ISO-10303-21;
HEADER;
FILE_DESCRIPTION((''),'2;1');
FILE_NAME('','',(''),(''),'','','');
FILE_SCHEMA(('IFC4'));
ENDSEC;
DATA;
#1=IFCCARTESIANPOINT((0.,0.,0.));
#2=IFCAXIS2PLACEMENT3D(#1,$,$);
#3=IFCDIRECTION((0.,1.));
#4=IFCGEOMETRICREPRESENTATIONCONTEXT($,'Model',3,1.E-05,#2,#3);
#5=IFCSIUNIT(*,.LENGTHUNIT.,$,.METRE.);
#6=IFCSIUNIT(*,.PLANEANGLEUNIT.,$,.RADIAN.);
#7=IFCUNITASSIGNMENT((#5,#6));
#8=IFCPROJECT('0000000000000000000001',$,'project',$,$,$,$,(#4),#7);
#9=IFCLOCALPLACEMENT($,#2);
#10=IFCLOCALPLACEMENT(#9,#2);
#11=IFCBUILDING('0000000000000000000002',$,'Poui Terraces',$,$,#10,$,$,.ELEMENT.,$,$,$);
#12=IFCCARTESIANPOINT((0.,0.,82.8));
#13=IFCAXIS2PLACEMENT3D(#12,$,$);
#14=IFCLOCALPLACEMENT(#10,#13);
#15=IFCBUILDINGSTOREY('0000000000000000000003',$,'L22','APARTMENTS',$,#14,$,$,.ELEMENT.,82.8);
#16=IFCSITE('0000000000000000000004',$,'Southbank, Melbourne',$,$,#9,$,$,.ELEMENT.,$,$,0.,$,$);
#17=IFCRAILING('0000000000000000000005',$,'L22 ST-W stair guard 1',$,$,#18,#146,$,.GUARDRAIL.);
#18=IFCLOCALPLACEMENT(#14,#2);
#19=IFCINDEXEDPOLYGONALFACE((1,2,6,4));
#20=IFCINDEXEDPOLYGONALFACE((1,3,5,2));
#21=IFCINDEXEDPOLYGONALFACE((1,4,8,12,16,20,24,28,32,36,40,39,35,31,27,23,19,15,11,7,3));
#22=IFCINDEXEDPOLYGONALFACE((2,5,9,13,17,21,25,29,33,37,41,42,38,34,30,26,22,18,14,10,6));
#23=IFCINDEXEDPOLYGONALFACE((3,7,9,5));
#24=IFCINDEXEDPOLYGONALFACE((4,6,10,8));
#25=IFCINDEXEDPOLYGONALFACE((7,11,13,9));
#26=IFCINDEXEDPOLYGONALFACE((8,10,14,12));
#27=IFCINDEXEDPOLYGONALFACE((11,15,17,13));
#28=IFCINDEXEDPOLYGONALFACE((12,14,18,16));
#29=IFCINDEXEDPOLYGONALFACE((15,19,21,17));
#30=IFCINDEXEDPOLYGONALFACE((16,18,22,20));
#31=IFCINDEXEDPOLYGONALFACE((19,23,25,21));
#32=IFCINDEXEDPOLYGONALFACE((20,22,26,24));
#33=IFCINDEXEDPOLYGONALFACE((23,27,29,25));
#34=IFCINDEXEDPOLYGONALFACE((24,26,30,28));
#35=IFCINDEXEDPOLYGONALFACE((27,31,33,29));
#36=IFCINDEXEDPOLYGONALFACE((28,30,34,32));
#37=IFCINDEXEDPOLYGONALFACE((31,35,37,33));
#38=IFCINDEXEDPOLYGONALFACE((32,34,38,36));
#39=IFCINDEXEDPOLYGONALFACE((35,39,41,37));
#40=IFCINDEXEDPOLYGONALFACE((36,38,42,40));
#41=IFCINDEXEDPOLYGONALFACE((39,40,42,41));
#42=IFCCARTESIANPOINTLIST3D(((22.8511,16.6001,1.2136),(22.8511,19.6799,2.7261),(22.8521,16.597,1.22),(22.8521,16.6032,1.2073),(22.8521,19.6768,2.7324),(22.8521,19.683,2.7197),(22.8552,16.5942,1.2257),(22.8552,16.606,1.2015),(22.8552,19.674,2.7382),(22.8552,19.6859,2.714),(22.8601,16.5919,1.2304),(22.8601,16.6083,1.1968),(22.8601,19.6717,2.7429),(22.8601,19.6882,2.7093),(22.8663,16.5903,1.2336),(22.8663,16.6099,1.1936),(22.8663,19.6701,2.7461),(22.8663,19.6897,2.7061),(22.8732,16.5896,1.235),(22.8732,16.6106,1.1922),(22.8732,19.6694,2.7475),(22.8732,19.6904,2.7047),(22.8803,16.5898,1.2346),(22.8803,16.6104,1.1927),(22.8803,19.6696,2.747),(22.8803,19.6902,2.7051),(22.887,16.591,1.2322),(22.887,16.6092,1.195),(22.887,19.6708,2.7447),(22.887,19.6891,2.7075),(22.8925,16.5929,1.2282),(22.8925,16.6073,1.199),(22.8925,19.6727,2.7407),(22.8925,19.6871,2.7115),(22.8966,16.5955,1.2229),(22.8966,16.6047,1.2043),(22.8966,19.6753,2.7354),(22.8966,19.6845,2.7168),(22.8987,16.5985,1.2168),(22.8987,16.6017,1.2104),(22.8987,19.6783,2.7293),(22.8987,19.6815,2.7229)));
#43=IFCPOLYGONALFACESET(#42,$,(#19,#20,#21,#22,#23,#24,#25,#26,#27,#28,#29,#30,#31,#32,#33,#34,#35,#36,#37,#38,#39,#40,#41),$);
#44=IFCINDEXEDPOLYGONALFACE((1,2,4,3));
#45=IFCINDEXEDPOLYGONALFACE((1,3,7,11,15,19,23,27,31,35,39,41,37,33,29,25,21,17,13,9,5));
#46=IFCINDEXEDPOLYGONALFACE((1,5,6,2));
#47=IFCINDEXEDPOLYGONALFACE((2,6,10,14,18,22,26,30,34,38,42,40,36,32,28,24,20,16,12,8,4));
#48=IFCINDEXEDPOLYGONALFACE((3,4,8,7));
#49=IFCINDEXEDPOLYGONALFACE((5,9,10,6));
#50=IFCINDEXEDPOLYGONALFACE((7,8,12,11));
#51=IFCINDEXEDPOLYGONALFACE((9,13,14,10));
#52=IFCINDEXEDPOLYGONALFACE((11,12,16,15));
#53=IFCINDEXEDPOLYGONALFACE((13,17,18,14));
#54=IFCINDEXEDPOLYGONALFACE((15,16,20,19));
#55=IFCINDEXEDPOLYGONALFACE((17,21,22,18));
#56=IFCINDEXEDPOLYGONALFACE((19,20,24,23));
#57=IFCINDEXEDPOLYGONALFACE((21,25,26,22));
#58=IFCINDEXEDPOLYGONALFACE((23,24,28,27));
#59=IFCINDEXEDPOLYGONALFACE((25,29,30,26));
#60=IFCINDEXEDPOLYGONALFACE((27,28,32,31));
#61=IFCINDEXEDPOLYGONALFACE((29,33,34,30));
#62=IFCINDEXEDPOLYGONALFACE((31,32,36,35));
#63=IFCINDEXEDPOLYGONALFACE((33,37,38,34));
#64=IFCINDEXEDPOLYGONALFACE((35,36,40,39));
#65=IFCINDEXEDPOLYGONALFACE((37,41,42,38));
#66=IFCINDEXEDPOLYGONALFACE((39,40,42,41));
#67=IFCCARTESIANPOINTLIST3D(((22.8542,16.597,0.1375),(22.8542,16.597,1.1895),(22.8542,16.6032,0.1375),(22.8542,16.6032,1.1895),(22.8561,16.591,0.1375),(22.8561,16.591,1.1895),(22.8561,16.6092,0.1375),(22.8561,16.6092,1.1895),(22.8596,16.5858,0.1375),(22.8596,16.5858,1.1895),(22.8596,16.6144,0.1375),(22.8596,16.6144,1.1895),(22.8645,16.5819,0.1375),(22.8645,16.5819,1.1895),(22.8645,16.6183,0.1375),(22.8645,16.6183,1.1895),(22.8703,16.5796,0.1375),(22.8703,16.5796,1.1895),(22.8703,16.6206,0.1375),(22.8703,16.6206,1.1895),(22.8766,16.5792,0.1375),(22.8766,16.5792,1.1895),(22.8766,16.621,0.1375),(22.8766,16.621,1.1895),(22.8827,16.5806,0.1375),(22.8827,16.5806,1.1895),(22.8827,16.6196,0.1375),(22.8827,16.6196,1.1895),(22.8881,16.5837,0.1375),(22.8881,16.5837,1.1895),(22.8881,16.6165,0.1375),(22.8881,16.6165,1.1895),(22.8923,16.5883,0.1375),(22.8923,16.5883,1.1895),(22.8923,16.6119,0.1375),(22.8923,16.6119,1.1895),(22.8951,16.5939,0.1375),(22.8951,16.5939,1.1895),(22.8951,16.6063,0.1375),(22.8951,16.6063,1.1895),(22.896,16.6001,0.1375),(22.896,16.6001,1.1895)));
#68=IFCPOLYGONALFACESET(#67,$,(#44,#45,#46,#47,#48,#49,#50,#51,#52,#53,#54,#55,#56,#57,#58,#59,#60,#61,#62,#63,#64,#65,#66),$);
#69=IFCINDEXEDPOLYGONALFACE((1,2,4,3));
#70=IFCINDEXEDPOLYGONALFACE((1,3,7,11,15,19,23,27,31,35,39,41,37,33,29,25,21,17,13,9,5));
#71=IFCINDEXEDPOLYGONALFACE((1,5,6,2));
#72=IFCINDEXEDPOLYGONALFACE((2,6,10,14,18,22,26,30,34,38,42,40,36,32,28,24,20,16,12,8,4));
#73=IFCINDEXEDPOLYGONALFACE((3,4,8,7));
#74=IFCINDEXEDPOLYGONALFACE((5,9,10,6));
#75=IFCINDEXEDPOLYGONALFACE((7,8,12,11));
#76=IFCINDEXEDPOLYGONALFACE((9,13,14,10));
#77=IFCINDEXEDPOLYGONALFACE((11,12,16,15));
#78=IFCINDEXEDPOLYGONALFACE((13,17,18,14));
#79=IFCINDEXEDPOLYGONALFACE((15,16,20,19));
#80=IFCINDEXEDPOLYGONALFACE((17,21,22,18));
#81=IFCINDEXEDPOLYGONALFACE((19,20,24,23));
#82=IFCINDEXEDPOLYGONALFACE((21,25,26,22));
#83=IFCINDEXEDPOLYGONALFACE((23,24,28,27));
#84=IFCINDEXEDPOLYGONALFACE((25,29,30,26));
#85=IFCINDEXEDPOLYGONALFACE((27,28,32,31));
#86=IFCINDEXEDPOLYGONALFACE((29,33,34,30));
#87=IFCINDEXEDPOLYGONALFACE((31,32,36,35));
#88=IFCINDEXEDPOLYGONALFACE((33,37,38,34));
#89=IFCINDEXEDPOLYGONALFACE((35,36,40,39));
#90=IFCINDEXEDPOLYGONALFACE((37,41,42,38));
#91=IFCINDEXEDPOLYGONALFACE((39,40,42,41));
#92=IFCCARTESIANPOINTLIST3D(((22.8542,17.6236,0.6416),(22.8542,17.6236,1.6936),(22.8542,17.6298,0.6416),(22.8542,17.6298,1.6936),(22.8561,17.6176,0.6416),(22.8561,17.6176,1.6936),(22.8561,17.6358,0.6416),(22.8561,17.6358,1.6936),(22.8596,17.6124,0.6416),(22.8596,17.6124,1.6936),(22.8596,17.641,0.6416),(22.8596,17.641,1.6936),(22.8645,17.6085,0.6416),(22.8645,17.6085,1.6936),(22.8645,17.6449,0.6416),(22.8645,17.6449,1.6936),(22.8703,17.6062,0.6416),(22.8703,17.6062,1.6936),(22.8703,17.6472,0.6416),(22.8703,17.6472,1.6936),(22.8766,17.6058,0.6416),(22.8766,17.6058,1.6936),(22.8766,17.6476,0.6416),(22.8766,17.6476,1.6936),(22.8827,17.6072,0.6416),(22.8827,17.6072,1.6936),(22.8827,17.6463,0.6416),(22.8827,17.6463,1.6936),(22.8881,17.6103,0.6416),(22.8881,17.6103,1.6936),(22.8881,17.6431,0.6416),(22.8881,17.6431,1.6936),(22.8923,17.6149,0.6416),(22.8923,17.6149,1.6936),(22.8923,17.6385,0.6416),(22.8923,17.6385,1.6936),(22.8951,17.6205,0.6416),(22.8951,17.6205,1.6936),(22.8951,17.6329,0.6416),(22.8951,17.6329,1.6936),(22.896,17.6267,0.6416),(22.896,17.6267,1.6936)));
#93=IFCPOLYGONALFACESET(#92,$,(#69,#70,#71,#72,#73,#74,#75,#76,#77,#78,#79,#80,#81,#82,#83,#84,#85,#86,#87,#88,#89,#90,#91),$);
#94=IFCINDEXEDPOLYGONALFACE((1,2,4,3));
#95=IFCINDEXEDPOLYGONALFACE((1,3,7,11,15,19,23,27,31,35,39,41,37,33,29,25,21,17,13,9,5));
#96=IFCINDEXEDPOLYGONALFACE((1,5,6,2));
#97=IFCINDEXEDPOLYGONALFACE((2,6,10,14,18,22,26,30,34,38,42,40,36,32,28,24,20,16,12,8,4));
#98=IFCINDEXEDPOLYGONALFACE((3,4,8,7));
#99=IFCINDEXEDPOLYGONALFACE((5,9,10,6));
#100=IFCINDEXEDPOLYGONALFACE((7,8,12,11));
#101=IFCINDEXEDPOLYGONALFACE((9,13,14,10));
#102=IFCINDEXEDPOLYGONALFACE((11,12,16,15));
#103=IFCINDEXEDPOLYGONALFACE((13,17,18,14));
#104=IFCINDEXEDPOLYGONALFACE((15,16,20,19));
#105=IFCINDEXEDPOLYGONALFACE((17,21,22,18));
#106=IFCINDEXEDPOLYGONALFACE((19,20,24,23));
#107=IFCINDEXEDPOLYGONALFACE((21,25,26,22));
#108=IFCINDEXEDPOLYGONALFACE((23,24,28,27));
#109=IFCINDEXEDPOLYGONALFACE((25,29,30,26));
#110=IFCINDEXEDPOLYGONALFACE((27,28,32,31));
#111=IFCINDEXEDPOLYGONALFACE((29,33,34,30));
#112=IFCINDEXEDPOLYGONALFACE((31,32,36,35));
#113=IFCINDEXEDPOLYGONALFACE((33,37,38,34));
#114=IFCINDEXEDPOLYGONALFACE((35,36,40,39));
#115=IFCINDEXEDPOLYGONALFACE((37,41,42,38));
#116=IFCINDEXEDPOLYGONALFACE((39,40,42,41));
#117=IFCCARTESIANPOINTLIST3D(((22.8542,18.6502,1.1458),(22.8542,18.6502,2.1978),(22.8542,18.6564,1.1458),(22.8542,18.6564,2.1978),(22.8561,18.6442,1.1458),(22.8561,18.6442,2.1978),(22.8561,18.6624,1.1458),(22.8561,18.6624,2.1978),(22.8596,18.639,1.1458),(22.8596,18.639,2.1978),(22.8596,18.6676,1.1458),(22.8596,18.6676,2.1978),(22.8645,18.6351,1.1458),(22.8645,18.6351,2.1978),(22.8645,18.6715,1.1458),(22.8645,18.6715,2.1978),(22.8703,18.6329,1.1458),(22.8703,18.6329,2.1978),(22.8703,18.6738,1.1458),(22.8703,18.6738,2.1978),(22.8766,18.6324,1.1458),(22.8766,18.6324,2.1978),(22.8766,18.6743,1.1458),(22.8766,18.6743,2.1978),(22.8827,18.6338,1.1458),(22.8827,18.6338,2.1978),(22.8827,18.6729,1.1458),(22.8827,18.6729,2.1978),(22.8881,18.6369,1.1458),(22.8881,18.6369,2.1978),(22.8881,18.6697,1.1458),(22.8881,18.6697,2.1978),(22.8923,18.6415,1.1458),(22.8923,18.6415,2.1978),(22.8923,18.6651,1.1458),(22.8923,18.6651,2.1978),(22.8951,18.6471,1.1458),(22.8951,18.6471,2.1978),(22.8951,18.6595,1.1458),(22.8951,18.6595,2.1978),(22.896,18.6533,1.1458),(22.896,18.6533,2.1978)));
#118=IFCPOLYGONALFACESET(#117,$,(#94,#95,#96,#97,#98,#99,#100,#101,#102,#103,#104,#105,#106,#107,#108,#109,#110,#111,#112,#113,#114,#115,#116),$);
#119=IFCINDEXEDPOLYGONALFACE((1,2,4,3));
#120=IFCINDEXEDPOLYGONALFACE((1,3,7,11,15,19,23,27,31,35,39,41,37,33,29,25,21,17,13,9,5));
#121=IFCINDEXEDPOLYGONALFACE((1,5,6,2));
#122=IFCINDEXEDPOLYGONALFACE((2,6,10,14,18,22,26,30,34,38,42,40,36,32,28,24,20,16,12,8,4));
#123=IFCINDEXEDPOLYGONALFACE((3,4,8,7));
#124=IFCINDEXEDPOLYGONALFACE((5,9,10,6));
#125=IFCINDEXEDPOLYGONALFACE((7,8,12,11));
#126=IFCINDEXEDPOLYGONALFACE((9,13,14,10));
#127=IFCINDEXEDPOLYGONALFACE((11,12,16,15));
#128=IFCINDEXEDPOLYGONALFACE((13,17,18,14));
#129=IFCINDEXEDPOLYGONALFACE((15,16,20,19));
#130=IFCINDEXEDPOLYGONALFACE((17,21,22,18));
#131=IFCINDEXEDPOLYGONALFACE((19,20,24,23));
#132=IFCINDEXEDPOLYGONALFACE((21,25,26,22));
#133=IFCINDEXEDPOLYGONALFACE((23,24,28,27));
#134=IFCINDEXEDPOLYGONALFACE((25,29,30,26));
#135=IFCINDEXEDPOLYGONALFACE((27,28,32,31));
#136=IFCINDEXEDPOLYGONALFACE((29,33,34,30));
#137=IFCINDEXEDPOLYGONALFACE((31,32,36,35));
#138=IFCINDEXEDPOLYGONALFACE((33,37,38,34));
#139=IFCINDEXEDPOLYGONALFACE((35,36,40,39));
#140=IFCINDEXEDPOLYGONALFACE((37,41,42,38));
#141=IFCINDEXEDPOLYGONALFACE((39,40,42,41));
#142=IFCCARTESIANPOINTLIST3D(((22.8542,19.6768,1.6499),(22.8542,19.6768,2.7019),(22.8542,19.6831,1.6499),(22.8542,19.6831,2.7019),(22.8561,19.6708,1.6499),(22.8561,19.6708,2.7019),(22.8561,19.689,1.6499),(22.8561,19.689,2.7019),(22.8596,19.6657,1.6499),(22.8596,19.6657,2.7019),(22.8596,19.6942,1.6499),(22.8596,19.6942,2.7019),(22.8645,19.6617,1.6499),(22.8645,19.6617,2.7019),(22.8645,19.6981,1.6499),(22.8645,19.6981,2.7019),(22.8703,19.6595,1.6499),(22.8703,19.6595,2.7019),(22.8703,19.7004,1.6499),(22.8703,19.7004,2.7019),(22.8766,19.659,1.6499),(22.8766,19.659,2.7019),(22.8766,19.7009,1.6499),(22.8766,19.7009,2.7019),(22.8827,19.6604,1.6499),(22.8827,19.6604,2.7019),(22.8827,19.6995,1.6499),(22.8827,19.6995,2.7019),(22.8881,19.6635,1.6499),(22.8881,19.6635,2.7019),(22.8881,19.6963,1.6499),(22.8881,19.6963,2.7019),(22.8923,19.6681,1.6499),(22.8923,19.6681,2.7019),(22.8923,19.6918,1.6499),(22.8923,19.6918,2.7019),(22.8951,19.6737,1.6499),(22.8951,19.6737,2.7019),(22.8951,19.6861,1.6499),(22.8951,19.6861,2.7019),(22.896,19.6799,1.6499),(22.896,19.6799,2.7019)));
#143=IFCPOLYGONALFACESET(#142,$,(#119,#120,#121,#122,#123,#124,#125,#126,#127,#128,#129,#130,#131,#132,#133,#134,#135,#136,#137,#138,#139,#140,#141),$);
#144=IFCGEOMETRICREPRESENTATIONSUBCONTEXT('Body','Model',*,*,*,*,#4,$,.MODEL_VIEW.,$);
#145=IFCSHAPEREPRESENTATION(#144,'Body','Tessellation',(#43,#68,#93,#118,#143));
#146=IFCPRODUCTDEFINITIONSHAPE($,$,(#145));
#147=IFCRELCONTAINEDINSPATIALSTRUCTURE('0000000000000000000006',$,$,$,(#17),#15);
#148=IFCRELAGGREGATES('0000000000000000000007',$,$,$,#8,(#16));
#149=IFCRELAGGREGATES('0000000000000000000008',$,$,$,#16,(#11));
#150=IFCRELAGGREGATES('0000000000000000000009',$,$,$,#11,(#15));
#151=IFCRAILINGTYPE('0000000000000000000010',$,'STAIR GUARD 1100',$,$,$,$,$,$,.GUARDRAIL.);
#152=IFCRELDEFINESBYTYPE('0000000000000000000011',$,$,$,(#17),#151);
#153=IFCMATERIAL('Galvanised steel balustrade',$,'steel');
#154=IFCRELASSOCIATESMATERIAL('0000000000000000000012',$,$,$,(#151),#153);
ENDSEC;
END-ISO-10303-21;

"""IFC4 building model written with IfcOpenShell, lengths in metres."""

from ifc_helpers import new_model, si_unit, direction, frame, origin, origin_2d, place, context, subcontext, project, spatial, circle, extrude, material, type_object, element, save


model = new_model("IFC4")

# Units and contexts
model_context = context("Model", 3, precision=1e-05, world=origin(), true_north=direction((0.0, 1.0)))
body_context = subcontext(model_context, "Body", "Model", "MODEL_VIEW")
ifc_project = project(units=[si_unit("LENGTHUNIT", "METRE"), si_unit("PLANEANGLEUNIT", "RADIAN")], contexts=[model_context])

# Site, building, storey
site_placement = place(None, origin())
site = spatial("IfcSite", under=ifc_project, at=site_placement, Name="Southbank, Melbourne", CompositionType="ELEMENT", RefElevation=0.0)
building_placement = place(site_placement, origin())
building = spatial("IfcBuilding", under=site, at=building_placement, Name="Poui Terraces", CompositionType="ELEMENT")
storey_placement = place(building_placement, frame((0.0, 0.0, 82.8)))
storey = spatial("IfcBuildingStorey", under=building, at=storey_placement, Name="L22", Description="APARTMENTS", CompositionType="ELEMENT", Elevation=82.8)

# Railing
ifc_material_1 = material(Name="Galvanised steel balustrade", Category="steel")
railing_type_1 = type_object("IfcRailingType", Name="STAIR GUARD 1100", PredefinedType="GUARDRAIL", material=ifc_material_1)
railing_1_placement = place(storey_placement, frame((22.875, 16.6001, 0.1375)))
element("IfcRailing", 1, at=railing_1_placement, inside=storey, type_object=railing_type_1, Name="L22 ST-W stair guard 1", PredefinedType="GUARDRAIL", context=body_context, shape_type="SweptSolid", body=[
    extrude(circle(Radius=0.0239, at=origin_2d()), frame((0.0, 0.0, 1.0762), z_axis=(0.0, 0.897606, 0.440798), x_axis=(-1.0, 0.0, 0.0)), (0.0, 0.0, 1.0), 3.4312),
    extrude(circle(Radius=0.021, at=origin_2d()), origin(), (0.0, 0.0, 1.0), 1.052),
    extrude(circle(Radius=0.021, at=origin_2d()), frame((0.0, 1.0266, 0.5042)), (0.0, 0.0, 1.0), 1.052),
    extrude(circle(Radius=0.021, at=origin_2d()), frame((0.0, 2.0532, 1.0083)), (0.0, 0.0, 1.0), 1.052),
    extrude(circle(Radius=0.021, at=origin_2d()), frame((0.0, 3.0798, 1.5125)), (0.0, 0.0, 1.0), 1.052),
])

save(model, "model.ifc")
